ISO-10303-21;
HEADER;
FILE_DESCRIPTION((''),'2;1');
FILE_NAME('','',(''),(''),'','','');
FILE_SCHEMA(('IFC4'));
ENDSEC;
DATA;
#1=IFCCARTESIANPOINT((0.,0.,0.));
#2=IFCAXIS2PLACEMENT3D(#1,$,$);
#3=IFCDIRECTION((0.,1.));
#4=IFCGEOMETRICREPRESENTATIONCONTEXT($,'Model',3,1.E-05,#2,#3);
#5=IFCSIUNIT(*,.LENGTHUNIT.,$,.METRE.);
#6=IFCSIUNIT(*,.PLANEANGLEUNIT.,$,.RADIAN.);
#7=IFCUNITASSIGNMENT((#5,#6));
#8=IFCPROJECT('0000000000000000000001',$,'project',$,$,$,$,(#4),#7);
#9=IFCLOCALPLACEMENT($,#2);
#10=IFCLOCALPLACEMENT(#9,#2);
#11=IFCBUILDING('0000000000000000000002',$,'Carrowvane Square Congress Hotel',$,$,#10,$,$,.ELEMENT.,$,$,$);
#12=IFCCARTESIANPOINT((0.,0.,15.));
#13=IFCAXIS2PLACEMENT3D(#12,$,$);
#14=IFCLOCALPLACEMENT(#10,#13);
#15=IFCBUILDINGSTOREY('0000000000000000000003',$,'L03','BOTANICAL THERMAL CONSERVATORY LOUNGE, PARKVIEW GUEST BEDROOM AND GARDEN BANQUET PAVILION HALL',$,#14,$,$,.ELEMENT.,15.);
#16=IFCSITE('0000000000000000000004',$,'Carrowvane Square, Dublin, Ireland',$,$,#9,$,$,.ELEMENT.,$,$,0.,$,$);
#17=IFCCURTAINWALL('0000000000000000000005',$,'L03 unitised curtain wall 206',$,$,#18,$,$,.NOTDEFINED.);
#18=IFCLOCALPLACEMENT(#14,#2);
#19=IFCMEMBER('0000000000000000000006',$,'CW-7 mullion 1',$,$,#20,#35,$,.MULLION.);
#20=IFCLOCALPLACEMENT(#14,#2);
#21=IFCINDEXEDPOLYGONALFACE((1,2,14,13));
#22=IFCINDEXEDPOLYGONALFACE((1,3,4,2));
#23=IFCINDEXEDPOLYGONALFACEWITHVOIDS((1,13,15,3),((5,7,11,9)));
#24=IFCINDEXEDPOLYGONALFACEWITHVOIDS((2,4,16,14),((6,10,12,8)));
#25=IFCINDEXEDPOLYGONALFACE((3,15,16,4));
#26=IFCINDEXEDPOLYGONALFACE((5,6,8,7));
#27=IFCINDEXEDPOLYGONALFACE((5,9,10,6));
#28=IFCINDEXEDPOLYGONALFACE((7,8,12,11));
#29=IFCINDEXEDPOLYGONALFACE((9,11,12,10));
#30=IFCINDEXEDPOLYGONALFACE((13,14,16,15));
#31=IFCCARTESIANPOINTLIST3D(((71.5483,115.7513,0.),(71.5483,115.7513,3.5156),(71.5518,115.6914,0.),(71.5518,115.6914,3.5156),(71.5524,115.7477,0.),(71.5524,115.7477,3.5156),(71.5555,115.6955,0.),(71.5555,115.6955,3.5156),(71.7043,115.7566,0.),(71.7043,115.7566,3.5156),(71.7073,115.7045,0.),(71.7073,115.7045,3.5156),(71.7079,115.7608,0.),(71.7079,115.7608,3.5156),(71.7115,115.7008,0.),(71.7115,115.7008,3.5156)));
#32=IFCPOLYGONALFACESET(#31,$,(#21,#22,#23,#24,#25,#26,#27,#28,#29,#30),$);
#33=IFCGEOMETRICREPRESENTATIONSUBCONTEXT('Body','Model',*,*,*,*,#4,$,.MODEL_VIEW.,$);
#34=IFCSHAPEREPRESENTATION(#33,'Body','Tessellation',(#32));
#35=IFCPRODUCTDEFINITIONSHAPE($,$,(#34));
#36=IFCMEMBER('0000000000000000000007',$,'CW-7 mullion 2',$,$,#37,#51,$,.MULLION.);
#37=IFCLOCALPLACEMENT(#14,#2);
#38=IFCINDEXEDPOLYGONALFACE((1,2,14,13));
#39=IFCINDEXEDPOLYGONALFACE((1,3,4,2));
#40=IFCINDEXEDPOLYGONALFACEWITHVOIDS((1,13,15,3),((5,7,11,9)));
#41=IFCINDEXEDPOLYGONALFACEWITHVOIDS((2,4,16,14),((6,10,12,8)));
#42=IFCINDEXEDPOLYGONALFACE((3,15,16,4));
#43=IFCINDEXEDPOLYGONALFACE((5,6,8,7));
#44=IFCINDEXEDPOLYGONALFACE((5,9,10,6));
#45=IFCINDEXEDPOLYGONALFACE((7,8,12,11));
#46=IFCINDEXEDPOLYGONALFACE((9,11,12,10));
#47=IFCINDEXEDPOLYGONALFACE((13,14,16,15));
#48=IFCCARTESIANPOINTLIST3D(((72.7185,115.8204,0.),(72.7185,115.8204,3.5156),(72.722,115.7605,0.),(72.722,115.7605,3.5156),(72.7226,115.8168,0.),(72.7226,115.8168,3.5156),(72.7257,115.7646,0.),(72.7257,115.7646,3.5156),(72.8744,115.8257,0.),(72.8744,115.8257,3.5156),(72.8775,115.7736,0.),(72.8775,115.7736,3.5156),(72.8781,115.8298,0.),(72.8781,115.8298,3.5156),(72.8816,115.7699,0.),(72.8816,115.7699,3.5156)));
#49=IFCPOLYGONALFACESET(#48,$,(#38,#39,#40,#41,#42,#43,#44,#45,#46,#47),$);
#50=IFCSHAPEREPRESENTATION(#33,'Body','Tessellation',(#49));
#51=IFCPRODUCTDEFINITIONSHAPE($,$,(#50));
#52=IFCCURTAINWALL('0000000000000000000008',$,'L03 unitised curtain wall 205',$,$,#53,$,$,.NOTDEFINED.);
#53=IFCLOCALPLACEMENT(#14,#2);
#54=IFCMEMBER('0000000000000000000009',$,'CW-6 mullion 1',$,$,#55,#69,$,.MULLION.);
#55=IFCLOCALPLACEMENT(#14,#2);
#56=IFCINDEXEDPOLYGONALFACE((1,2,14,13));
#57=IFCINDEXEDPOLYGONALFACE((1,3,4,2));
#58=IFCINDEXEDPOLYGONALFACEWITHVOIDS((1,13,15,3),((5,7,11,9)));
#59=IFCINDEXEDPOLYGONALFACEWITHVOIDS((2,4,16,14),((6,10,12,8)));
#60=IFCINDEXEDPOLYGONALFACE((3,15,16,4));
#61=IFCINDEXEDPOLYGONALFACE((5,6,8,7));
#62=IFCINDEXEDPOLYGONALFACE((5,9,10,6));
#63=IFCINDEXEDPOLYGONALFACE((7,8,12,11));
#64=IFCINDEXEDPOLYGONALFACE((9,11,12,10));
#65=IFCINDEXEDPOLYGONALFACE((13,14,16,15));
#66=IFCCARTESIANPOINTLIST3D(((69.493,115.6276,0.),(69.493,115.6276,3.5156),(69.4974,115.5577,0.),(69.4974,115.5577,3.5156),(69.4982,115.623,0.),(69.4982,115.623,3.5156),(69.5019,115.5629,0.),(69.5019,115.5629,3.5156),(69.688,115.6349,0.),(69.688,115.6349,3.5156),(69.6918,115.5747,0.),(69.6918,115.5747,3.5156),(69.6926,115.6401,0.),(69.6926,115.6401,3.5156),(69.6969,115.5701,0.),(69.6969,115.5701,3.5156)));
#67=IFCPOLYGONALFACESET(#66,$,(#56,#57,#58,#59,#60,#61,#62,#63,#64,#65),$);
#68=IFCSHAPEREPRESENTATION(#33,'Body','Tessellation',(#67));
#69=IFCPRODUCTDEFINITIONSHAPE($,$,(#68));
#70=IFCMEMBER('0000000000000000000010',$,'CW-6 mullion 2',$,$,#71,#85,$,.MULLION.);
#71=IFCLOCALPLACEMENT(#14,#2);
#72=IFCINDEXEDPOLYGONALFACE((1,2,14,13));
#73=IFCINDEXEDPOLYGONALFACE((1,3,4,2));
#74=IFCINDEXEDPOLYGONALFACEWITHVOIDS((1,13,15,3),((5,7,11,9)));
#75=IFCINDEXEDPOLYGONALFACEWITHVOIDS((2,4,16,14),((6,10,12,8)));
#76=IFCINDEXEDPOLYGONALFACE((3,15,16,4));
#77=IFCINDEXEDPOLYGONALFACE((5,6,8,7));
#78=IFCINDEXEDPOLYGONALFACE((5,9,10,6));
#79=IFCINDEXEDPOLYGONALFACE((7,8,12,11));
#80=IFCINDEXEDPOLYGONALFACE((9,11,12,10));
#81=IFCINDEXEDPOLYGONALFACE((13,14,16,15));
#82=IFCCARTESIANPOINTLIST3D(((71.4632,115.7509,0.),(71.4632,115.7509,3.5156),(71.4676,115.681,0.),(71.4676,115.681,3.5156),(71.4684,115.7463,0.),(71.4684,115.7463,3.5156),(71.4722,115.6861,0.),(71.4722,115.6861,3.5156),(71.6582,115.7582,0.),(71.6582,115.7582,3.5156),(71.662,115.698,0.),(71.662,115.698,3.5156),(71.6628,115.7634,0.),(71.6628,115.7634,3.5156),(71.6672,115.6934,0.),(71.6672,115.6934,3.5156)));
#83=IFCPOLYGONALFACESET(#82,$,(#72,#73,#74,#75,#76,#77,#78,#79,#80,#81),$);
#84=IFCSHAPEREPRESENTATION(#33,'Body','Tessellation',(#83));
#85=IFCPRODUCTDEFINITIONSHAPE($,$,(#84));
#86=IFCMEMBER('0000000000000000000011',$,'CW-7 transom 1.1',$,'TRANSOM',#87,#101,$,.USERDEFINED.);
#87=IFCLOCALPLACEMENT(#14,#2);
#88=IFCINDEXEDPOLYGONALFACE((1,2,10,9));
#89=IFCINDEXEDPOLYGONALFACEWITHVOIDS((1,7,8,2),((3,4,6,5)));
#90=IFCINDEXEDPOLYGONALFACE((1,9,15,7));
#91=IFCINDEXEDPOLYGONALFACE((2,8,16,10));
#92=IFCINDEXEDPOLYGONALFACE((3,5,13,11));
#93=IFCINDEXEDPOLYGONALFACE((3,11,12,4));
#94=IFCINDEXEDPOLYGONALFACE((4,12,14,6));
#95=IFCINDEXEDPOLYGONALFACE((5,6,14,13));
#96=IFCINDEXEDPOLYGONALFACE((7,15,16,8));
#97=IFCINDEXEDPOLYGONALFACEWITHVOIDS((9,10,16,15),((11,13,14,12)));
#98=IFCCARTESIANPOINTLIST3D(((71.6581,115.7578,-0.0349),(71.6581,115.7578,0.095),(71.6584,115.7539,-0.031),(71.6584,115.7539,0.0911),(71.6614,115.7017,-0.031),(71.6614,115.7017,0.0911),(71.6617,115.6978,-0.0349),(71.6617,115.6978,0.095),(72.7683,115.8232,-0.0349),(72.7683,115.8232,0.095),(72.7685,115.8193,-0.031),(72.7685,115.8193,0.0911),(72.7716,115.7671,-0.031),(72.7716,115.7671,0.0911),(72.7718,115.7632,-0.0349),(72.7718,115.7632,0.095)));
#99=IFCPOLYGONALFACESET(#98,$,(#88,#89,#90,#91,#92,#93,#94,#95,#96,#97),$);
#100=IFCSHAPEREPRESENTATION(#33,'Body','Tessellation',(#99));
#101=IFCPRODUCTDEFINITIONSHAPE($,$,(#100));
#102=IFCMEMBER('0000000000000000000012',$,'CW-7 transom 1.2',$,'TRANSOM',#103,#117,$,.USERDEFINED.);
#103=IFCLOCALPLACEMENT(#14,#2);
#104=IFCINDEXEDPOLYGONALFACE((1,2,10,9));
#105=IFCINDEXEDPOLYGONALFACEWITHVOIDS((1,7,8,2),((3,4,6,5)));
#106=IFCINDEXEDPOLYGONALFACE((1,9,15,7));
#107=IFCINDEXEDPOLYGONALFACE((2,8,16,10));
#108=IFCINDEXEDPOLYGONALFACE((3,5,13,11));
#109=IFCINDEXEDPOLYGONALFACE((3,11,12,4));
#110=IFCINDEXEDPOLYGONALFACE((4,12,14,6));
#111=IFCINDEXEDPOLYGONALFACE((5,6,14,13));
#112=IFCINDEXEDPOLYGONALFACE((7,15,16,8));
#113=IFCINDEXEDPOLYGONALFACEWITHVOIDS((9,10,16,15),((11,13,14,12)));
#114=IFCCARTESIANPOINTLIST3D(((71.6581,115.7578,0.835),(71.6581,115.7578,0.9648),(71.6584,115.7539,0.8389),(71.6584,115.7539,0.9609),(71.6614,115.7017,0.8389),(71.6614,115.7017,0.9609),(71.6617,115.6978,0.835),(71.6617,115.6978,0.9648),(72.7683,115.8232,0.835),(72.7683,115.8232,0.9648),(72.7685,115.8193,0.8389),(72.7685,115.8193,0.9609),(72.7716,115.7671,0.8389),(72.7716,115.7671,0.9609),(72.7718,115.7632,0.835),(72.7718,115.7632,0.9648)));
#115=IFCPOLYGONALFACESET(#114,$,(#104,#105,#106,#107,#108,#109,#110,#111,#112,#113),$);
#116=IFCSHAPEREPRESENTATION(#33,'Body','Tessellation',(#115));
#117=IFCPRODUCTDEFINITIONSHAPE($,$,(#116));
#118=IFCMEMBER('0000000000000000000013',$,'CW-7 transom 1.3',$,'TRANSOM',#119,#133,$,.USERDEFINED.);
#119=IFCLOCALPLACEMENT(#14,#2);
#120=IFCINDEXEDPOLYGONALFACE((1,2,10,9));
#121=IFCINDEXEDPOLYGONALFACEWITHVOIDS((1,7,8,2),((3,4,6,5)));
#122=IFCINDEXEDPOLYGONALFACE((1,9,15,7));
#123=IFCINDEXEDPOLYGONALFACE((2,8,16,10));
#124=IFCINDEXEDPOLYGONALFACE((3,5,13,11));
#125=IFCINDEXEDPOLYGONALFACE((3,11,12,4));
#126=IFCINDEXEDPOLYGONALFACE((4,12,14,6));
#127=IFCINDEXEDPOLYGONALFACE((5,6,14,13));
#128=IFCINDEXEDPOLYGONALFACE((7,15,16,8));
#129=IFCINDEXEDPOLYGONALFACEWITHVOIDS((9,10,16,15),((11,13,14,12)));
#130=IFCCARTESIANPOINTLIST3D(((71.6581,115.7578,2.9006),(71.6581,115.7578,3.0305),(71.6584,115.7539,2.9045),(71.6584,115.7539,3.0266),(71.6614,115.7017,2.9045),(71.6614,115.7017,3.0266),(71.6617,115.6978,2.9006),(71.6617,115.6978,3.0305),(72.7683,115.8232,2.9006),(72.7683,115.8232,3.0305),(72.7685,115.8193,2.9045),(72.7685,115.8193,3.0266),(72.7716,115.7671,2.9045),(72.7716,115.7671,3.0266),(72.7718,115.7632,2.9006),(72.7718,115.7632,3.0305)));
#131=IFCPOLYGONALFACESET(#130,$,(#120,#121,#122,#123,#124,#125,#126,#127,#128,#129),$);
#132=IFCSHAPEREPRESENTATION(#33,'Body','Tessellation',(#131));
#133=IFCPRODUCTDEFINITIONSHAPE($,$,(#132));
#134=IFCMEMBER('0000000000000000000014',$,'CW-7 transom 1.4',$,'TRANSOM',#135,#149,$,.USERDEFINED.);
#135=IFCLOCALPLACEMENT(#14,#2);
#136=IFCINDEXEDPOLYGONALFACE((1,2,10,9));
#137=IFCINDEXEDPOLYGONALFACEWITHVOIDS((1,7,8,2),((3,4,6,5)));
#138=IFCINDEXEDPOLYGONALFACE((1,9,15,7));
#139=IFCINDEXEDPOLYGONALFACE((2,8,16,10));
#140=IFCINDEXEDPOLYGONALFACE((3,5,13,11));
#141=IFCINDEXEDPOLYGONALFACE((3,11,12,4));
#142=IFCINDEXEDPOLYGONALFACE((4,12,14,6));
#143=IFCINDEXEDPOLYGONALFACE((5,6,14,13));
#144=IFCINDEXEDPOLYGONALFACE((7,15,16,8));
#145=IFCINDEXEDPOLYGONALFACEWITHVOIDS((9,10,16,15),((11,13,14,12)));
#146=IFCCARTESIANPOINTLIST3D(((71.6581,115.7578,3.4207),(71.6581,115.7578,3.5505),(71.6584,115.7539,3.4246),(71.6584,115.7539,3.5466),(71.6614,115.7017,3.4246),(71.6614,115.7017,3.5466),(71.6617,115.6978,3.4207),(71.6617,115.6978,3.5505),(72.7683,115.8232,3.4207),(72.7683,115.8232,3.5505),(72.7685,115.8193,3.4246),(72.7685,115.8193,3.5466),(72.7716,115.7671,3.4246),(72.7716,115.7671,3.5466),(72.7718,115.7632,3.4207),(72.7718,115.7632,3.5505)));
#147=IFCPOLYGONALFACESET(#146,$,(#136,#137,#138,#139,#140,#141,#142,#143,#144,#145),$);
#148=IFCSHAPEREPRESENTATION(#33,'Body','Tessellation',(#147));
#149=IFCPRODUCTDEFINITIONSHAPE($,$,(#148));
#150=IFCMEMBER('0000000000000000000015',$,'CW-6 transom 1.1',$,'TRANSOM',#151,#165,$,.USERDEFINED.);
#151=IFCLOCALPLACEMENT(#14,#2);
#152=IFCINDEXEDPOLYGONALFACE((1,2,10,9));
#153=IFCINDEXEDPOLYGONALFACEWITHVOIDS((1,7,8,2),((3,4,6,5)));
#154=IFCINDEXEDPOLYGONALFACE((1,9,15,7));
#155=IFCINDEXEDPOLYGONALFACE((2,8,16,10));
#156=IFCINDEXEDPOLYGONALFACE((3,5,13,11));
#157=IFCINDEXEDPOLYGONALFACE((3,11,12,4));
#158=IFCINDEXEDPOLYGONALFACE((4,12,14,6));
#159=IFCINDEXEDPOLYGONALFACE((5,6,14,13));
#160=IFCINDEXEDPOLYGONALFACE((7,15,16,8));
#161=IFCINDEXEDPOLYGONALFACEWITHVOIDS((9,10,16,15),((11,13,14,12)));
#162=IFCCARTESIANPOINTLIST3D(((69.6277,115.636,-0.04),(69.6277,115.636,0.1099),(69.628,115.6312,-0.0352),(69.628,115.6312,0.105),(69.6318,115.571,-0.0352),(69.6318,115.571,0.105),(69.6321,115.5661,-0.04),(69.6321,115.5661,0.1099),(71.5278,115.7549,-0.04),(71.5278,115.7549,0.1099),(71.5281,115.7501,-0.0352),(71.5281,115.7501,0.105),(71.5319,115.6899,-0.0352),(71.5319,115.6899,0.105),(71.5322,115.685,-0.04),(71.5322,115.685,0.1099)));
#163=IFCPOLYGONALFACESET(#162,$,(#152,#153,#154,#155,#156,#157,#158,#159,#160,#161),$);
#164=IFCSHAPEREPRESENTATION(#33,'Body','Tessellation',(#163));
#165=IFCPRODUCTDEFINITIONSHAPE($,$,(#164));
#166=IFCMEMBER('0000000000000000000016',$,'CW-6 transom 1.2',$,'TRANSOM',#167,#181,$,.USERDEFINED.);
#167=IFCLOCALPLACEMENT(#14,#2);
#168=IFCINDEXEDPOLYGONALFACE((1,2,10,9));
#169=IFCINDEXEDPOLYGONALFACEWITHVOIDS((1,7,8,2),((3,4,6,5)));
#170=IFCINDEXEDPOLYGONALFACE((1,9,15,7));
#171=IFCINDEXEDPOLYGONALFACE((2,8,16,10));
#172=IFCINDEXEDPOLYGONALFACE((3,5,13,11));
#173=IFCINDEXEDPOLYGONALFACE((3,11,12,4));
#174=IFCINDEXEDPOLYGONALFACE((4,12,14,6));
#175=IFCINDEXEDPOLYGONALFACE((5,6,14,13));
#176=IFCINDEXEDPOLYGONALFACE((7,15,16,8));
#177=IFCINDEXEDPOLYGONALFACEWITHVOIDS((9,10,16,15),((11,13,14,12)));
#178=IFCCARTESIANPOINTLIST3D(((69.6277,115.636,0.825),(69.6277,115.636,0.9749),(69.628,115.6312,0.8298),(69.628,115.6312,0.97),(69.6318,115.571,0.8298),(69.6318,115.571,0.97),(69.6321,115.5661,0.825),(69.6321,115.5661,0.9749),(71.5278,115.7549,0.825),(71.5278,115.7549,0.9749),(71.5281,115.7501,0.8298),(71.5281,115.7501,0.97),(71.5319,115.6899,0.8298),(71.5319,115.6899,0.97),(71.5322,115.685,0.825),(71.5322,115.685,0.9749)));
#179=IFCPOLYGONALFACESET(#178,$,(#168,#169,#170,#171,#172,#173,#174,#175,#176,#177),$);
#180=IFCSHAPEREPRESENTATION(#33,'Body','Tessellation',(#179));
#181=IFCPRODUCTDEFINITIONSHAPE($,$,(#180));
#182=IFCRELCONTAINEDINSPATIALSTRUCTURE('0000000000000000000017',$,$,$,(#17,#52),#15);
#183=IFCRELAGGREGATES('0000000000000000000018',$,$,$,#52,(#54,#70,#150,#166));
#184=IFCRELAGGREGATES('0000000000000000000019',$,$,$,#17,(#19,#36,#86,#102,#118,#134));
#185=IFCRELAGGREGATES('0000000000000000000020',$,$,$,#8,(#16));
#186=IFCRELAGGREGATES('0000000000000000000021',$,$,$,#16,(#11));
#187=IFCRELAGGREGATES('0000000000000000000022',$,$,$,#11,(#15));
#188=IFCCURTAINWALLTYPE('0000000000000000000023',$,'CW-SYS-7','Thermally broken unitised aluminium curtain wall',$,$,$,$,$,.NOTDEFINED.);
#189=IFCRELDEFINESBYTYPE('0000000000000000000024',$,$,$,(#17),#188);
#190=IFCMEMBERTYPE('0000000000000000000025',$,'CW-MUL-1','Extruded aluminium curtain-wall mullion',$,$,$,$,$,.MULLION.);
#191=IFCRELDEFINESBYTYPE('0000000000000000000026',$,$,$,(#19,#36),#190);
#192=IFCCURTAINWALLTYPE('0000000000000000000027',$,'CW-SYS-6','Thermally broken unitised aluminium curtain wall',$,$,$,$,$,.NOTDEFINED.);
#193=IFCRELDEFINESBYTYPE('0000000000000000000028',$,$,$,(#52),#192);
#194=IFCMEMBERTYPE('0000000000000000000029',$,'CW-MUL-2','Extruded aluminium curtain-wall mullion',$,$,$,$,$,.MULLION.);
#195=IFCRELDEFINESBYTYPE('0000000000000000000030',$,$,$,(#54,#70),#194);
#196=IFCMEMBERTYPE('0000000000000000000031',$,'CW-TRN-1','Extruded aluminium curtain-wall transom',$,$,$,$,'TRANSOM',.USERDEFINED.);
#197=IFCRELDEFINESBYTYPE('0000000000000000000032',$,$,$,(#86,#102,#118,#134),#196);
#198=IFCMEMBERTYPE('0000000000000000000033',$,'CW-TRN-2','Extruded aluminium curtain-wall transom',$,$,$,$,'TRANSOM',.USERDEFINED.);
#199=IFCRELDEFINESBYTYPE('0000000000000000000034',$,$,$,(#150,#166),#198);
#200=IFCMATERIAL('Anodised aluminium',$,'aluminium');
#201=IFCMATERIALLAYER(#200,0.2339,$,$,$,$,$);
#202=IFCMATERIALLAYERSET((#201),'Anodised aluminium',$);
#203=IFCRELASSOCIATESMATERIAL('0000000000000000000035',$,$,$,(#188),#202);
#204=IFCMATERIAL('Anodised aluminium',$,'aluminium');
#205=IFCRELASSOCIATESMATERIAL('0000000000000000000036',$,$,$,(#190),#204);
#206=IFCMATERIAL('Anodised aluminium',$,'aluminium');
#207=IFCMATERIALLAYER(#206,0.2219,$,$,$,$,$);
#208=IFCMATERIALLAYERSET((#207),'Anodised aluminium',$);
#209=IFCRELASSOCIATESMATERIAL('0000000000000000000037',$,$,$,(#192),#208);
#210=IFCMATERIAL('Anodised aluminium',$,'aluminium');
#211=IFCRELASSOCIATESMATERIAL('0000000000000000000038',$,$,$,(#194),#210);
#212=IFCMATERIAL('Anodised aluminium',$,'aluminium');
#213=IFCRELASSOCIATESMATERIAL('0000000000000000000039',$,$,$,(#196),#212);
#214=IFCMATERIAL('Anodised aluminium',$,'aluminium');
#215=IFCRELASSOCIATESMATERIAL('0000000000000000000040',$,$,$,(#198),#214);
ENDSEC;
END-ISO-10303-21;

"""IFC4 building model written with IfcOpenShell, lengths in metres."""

from ifc_helpers import new_model, si_unit, direction, frame, origin, origin_2d, place, context, subcontext, project, spatial, hollow_rectangle, extrude, material, layer, layer_set, material_profile, profile_set, type_object, element, aggregate, save


model = new_model("IFC4")

# Units and contexts
model_context = context("Model", 3, precision=1e-05, world=origin(), true_north=direction((0.0, 1.0)))
body_context = subcontext(model_context, "Body", "Model", "MODEL_VIEW")
ifc_project = project(units=[si_unit("LENGTHUNIT", "METRE"), si_unit("PLANEANGLEUNIT", "RADIAN")], contexts=[model_context])

# Site, building, storey
site_placement = place(None, origin())
site = spatial("IfcSite", under=ifc_project, at=site_placement, Name="Carrowvane Square, Dublin, Ireland", CompositionType="ELEMENT", RefElevation=0.0)
building_placement = place(site_placement, origin())
building = spatial("IfcBuilding", under=site, at=building_placement, Name="Carrowvane Square Congress Hotel", CompositionType="ELEMENT")
storey_placement = place(building_placement, frame((0.0, 0.0, 15.0)))
storey = spatial("IfcBuildingStorey", under=building, at=storey_placement, Name="L03", Description="BOTANICAL THERMAL CONSERVATORY LOUNGE, PARKVIEW GUEST BEDROOM AND GARDEN BANQUET PAVILION HALL", CompositionType="ELEMENT", Elevation=15.0)

# Curtain walls, members
ifc_material_1 = material(Name="Anodised aluminium", Category="aluminium")
ifc_layer_1 = layer(ifc_material_1, 0.2339)
ifc_layer_set_1 = layer_set([ifc_layer_1], Name="Anodised aluminium")
curtain_wall_type_1 = type_object("IfcCurtainWallType", Name="CW-SYS-7", Description="Thermally broken unitised aluminium curtain wall", PredefinedType="NOTDEFINED", material=ifc_layer_set_1)
curtain_wall_1_placement = place(storey_placement, origin())
curtain_wall_1 = element("IfcCurtainWall", 1, at=curtain_wall_1_placement, inside=storey, type_object=curtain_wall_type_1, Name="L03 unitised curtain wall 206", PredefinedType="NOTDEFINED")
ifc_material_2 = material(Name="Anodised aluminium", Category="aluminium")
ifc_material_profile_1 = material_profile(ifc_material_2, hollow_rectangle(XDim=0.0601, YDim=0.1599, WallThickness=0.0039, at=origin_2d()), Name="CW-ML 60x160x4")
ifc_profile_set_1 = profile_set([ifc_material_profile_1], Name="Anodised aluminium")
member_type_1 = type_object("IfcMemberType", Name="CW-MUL-1", Description="Extruded aluminium curtain-wall mullion", PredefinedType="MULLION", material=ifc_profile_set_1)
member_1_placement = place(storey_placement, frame((71.6299, 115.7261, 0.0), z_axis=(0.0, 0.0, 1.0), x_axis=(-0.058851, 0.998267, 0.0)))
member_1 = element("IfcMember", 2, at=member_1_placement, type_object=member_type_1, Name="CW-7 mullion 1", PredefinedType="MULLION", context=body_context, shape_type="SweptSolid", body=[
    extrude(hollow_rectangle(XDim=0.0601, YDim=0.1599, WallThickness=0.0039, at=origin_2d()), origin(), (0.0, 0.0, 1.0), 3.5156),
])
member_2_placement = place(storey_placement, frame((72.8, 115.7952, 0.0), z_axis=(0.0, 0.0, 1.0), x_axis=(-0.058851, 0.998267, 0.0)))
member_2 = element("IfcMember", 3, at=member_2_placement, type_object=member_type_1, Name="CW-7 mullion 2", PredefinedType="MULLION", context=body_context, shape_type="SweptSolid", body=[
    extrude(hollow_rectangle(XDim=0.0601, YDim=0.1599, WallThickness=0.0039, at=origin_2d()), origin(), (0.0, 0.0, 1.0), 3.5156),
])
ifc_material_3 = material(Name="Anodised aluminium", Category="aluminium")
ifc_layer_2 = layer(ifc_material_3, 0.2219)
ifc_layer_set_2 = layer_set([ifc_layer_2], Name="Anodised aluminium")
curtain_wall_type_2 = type_object("IfcCurtainWallType", Name="CW-SYS-6", Description="Thermally broken unitised aluminium curtain wall", PredefinedType="NOTDEFINED", material=ifc_layer_set_2)
curtain_wall_2_placement = place(storey_placement, origin())
curtain_wall_2 = element("IfcCurtainWall", 4, at=curtain_wall_2_placement, inside=storey, type_object=curtain_wall_type_2, Name="L03 unitised curtain wall 205", PredefinedType="NOTDEFINED")
ifc_material_4 = material(Name="Anodised aluminium", Category="aluminium")
ifc_material_profile_2 = material_profile(ifc_material_4, hollow_rectangle(XDim=0.0701, YDim=0.2, WallThickness=0.0049, at=origin_2d()), Name="CW-ML 70x200x5")
ifc_profile_set_2 = profile_set([ifc_material_profile_2], Name="Anodised aluminium")
member_type_2 = type_object("IfcMemberType", Name="CW-MUL-2", Description="Extruded aluminium curtain-wall mullion", PredefinedType="MULLION", material=ifc_profile_set_2)
member_3_placement = place(storey_placement, frame((69.595, 115.5989, 0.0), z_axis=(0.0, 0.0, 1.0), x_axis=(-0.062397, 0.998051, 0.0)))
member_3 = element("IfcMember", 5, at=member_3_placement, type_object=member_type_2, Name="CW-6 mullion 1", PredefinedType="MULLION", context=body_context, shape_type="SweptSolid", body=[
    extrude(hollow_rectangle(XDim=0.0701, YDim=0.2, WallThickness=0.0049, at=origin_2d()), origin(), (0.0, 0.0, 1.0), 3.5156),
])
member_4_placement = place(storey_placement, frame((71.5652, 115.7222, 0.0), z_axis=(0.0, 0.0, 1.0), x_axis=(-0.062397, 0.998051, 0.0)))
member_4 = element("IfcMember", 6, at=member_4_placement, type_object=member_type_2, Name="CW-6 mullion 2", PredefinedType="MULLION", context=body_context, shape_type="SweptSolid", body=[
    extrude(hollow_rectangle(XDim=0.0701, YDim=0.2, WallThickness=0.0049, at=origin_2d()), origin(), (0.0, 0.0, 1.0), 3.5156),
])

# Members
ifc_material_5 = material(Name="Anodised aluminium", Category="aluminium")
ifc_material_profile_3 = material_profile(ifc_material_5, hollow_rectangle(XDim=0.0601, YDim=0.1299, WallThickness=0.0039, at=origin_2d()), Name="CW-TR 60x130x4")
ifc_profile_set_3 = profile_set([ifc_material_profile_3], Name="Anodised aluminium")
member_type_3 = type_object("IfcMemberType", Name="CW-TRN-1", Description="Extruded aluminium curtain-wall transom", ElementType="TRANSOM", PredefinedType="USERDEFINED", material=ifc_profile_set_3)
member_5_placement = place(storey_placement, frame((71.6599, 115.7278, 0.03), z_axis=(0.998268, 0.058838, 0.0), x_axis=(-0.058838, 0.998268, 0.0)))
member_5 = element("IfcMember", 7, at=member_5_placement, type_object=member_type_3, Name="CW-7 transom 1.1", ObjectType="TRANSOM", PredefinedType="USERDEFINED", context=body_context, shape_type="SweptSolid", body=[
    extrude(hollow_rectangle(XDim=0.0601, YDim=0.1299, WallThickness=0.0039, at=origin_2d()), origin(), (0.0, 0.0, 1.0), 1.1121),
])
member_6_placement = place(storey_placement, frame((71.6599, 115.7278, 0.8999), z_axis=(0.998268, 0.058838, 0.0), x_axis=(-0.058838, 0.998268, 0.0)))
member_6 = element("IfcMember", 8, at=member_6_placement, type_object=member_type_3, Name="CW-7 transom 1.2", ObjectType="TRANSOM", PredefinedType="USERDEFINED", context=body_context, shape_type="SweptSolid", body=[
    extrude(hollow_rectangle(XDim=0.0601, YDim=0.1299, WallThickness=0.0039, at=origin_2d()), origin(), (0.0, 0.0, 1.0), 1.1121),
])
member_7_placement = place(storey_placement, frame((71.6599, 115.7278, 2.9656), z_axis=(0.998268, 0.058838, 0.0), x_axis=(-0.058838, 0.998268, 0.0)))
member_7 = element("IfcMember", 9, at=member_7_placement, type_object=member_type_3, Name="CW-7 transom 1.3", ObjectType="TRANSOM", PredefinedType="USERDEFINED", context=body_context, shape_type="SweptSolid", body=[
    extrude(hollow_rectangle(XDim=0.0601, YDim=0.1299, WallThickness=0.0039, at=origin_2d()), origin(), (0.0, 0.0, 1.0), 1.1121),
])
member_8_placement = place(storey_placement, frame((71.6599, 115.7278, 3.4856), z_axis=(0.998268, 0.058838, 0.0), x_axis=(-0.058838, 0.998268, 0.0)))
member_8 = element("IfcMember", 10, at=member_8_placement, type_object=member_type_3, Name="CW-7 transom 1.4", ObjectType="TRANSOM", PredefinedType="USERDEFINED", context=body_context, shape_type="SweptSolid", body=[
    extrude(hollow_rectangle(XDim=0.0601, YDim=0.1299, WallThickness=0.0039, at=origin_2d()), origin(), (0.0, 0.0, 1.0), 1.1121),
])
ifc_material_6 = material(Name="Anodised aluminium", Category="aluminium")
ifc_material_profile_4 = material_profile(ifc_material_6, hollow_rectangle(XDim=0.0701, YDim=0.1499, WallThickness=0.0049, at=origin_2d()), Name="CW-TR 70x150x5")
ifc_profile_set_4 = profile_set([ifc_material_profile_4], Name="Anodised aluminium")
member_type_4 = type_object("IfcMemberType", Name="CW-TRN-2", Description="Extruded aluminium curtain-wall transom", ElementType="TRANSOM", PredefinedType="USERDEFINED", material=ifc_profile_set_4)
member_9_placement = place(storey_placement, frame((69.6299, 115.6011, 0.0349), z_axis=(0.998048, 0.06245, 0.0), x_axis=(-0.06245, 0.998048, 0.0)))
member_9 = element("IfcMember", 11, at=member_9_placement, type_object=member_type_4, Name="CW-6 transom 1.1", ObjectType="TRANSOM", PredefinedType="USERDEFINED", context=body_context, shape_type="SweptSolid", body=[
    extrude(hollow_rectangle(XDim=0.0701, YDim=0.1499, WallThickness=0.0049, at=origin_2d()), origin(), (0.0, 0.0, 1.0), 1.9038),
])
member_10_placement = place(storey_placement, frame((69.6299, 115.6011, 0.8999), z_axis=(0.998048, 0.06245, 0.0), x_axis=(-0.06245, 0.998048, 0.0)))
member_10 = element("IfcMember", 12, at=member_10_placement, type_object=member_type_4, Name="CW-6 transom 1.2", ObjectType="TRANSOM", PredefinedType="USERDEFINED", context=body_context, shape_type="SweptSolid", body=[
    extrude(hollow_rectangle(XDim=0.0701, YDim=0.1499, WallThickness=0.0049, at=origin_2d()), origin(), (0.0, 0.0, 1.0), 1.9038),
])

aggregate(curtain_wall_2, [member_3, member_4, member_9, member_10])
aggregate(curtain_wall_1, [member_1, member_2, member_5, member_6, member_7, member_8])

save(model, "model.ifc")
